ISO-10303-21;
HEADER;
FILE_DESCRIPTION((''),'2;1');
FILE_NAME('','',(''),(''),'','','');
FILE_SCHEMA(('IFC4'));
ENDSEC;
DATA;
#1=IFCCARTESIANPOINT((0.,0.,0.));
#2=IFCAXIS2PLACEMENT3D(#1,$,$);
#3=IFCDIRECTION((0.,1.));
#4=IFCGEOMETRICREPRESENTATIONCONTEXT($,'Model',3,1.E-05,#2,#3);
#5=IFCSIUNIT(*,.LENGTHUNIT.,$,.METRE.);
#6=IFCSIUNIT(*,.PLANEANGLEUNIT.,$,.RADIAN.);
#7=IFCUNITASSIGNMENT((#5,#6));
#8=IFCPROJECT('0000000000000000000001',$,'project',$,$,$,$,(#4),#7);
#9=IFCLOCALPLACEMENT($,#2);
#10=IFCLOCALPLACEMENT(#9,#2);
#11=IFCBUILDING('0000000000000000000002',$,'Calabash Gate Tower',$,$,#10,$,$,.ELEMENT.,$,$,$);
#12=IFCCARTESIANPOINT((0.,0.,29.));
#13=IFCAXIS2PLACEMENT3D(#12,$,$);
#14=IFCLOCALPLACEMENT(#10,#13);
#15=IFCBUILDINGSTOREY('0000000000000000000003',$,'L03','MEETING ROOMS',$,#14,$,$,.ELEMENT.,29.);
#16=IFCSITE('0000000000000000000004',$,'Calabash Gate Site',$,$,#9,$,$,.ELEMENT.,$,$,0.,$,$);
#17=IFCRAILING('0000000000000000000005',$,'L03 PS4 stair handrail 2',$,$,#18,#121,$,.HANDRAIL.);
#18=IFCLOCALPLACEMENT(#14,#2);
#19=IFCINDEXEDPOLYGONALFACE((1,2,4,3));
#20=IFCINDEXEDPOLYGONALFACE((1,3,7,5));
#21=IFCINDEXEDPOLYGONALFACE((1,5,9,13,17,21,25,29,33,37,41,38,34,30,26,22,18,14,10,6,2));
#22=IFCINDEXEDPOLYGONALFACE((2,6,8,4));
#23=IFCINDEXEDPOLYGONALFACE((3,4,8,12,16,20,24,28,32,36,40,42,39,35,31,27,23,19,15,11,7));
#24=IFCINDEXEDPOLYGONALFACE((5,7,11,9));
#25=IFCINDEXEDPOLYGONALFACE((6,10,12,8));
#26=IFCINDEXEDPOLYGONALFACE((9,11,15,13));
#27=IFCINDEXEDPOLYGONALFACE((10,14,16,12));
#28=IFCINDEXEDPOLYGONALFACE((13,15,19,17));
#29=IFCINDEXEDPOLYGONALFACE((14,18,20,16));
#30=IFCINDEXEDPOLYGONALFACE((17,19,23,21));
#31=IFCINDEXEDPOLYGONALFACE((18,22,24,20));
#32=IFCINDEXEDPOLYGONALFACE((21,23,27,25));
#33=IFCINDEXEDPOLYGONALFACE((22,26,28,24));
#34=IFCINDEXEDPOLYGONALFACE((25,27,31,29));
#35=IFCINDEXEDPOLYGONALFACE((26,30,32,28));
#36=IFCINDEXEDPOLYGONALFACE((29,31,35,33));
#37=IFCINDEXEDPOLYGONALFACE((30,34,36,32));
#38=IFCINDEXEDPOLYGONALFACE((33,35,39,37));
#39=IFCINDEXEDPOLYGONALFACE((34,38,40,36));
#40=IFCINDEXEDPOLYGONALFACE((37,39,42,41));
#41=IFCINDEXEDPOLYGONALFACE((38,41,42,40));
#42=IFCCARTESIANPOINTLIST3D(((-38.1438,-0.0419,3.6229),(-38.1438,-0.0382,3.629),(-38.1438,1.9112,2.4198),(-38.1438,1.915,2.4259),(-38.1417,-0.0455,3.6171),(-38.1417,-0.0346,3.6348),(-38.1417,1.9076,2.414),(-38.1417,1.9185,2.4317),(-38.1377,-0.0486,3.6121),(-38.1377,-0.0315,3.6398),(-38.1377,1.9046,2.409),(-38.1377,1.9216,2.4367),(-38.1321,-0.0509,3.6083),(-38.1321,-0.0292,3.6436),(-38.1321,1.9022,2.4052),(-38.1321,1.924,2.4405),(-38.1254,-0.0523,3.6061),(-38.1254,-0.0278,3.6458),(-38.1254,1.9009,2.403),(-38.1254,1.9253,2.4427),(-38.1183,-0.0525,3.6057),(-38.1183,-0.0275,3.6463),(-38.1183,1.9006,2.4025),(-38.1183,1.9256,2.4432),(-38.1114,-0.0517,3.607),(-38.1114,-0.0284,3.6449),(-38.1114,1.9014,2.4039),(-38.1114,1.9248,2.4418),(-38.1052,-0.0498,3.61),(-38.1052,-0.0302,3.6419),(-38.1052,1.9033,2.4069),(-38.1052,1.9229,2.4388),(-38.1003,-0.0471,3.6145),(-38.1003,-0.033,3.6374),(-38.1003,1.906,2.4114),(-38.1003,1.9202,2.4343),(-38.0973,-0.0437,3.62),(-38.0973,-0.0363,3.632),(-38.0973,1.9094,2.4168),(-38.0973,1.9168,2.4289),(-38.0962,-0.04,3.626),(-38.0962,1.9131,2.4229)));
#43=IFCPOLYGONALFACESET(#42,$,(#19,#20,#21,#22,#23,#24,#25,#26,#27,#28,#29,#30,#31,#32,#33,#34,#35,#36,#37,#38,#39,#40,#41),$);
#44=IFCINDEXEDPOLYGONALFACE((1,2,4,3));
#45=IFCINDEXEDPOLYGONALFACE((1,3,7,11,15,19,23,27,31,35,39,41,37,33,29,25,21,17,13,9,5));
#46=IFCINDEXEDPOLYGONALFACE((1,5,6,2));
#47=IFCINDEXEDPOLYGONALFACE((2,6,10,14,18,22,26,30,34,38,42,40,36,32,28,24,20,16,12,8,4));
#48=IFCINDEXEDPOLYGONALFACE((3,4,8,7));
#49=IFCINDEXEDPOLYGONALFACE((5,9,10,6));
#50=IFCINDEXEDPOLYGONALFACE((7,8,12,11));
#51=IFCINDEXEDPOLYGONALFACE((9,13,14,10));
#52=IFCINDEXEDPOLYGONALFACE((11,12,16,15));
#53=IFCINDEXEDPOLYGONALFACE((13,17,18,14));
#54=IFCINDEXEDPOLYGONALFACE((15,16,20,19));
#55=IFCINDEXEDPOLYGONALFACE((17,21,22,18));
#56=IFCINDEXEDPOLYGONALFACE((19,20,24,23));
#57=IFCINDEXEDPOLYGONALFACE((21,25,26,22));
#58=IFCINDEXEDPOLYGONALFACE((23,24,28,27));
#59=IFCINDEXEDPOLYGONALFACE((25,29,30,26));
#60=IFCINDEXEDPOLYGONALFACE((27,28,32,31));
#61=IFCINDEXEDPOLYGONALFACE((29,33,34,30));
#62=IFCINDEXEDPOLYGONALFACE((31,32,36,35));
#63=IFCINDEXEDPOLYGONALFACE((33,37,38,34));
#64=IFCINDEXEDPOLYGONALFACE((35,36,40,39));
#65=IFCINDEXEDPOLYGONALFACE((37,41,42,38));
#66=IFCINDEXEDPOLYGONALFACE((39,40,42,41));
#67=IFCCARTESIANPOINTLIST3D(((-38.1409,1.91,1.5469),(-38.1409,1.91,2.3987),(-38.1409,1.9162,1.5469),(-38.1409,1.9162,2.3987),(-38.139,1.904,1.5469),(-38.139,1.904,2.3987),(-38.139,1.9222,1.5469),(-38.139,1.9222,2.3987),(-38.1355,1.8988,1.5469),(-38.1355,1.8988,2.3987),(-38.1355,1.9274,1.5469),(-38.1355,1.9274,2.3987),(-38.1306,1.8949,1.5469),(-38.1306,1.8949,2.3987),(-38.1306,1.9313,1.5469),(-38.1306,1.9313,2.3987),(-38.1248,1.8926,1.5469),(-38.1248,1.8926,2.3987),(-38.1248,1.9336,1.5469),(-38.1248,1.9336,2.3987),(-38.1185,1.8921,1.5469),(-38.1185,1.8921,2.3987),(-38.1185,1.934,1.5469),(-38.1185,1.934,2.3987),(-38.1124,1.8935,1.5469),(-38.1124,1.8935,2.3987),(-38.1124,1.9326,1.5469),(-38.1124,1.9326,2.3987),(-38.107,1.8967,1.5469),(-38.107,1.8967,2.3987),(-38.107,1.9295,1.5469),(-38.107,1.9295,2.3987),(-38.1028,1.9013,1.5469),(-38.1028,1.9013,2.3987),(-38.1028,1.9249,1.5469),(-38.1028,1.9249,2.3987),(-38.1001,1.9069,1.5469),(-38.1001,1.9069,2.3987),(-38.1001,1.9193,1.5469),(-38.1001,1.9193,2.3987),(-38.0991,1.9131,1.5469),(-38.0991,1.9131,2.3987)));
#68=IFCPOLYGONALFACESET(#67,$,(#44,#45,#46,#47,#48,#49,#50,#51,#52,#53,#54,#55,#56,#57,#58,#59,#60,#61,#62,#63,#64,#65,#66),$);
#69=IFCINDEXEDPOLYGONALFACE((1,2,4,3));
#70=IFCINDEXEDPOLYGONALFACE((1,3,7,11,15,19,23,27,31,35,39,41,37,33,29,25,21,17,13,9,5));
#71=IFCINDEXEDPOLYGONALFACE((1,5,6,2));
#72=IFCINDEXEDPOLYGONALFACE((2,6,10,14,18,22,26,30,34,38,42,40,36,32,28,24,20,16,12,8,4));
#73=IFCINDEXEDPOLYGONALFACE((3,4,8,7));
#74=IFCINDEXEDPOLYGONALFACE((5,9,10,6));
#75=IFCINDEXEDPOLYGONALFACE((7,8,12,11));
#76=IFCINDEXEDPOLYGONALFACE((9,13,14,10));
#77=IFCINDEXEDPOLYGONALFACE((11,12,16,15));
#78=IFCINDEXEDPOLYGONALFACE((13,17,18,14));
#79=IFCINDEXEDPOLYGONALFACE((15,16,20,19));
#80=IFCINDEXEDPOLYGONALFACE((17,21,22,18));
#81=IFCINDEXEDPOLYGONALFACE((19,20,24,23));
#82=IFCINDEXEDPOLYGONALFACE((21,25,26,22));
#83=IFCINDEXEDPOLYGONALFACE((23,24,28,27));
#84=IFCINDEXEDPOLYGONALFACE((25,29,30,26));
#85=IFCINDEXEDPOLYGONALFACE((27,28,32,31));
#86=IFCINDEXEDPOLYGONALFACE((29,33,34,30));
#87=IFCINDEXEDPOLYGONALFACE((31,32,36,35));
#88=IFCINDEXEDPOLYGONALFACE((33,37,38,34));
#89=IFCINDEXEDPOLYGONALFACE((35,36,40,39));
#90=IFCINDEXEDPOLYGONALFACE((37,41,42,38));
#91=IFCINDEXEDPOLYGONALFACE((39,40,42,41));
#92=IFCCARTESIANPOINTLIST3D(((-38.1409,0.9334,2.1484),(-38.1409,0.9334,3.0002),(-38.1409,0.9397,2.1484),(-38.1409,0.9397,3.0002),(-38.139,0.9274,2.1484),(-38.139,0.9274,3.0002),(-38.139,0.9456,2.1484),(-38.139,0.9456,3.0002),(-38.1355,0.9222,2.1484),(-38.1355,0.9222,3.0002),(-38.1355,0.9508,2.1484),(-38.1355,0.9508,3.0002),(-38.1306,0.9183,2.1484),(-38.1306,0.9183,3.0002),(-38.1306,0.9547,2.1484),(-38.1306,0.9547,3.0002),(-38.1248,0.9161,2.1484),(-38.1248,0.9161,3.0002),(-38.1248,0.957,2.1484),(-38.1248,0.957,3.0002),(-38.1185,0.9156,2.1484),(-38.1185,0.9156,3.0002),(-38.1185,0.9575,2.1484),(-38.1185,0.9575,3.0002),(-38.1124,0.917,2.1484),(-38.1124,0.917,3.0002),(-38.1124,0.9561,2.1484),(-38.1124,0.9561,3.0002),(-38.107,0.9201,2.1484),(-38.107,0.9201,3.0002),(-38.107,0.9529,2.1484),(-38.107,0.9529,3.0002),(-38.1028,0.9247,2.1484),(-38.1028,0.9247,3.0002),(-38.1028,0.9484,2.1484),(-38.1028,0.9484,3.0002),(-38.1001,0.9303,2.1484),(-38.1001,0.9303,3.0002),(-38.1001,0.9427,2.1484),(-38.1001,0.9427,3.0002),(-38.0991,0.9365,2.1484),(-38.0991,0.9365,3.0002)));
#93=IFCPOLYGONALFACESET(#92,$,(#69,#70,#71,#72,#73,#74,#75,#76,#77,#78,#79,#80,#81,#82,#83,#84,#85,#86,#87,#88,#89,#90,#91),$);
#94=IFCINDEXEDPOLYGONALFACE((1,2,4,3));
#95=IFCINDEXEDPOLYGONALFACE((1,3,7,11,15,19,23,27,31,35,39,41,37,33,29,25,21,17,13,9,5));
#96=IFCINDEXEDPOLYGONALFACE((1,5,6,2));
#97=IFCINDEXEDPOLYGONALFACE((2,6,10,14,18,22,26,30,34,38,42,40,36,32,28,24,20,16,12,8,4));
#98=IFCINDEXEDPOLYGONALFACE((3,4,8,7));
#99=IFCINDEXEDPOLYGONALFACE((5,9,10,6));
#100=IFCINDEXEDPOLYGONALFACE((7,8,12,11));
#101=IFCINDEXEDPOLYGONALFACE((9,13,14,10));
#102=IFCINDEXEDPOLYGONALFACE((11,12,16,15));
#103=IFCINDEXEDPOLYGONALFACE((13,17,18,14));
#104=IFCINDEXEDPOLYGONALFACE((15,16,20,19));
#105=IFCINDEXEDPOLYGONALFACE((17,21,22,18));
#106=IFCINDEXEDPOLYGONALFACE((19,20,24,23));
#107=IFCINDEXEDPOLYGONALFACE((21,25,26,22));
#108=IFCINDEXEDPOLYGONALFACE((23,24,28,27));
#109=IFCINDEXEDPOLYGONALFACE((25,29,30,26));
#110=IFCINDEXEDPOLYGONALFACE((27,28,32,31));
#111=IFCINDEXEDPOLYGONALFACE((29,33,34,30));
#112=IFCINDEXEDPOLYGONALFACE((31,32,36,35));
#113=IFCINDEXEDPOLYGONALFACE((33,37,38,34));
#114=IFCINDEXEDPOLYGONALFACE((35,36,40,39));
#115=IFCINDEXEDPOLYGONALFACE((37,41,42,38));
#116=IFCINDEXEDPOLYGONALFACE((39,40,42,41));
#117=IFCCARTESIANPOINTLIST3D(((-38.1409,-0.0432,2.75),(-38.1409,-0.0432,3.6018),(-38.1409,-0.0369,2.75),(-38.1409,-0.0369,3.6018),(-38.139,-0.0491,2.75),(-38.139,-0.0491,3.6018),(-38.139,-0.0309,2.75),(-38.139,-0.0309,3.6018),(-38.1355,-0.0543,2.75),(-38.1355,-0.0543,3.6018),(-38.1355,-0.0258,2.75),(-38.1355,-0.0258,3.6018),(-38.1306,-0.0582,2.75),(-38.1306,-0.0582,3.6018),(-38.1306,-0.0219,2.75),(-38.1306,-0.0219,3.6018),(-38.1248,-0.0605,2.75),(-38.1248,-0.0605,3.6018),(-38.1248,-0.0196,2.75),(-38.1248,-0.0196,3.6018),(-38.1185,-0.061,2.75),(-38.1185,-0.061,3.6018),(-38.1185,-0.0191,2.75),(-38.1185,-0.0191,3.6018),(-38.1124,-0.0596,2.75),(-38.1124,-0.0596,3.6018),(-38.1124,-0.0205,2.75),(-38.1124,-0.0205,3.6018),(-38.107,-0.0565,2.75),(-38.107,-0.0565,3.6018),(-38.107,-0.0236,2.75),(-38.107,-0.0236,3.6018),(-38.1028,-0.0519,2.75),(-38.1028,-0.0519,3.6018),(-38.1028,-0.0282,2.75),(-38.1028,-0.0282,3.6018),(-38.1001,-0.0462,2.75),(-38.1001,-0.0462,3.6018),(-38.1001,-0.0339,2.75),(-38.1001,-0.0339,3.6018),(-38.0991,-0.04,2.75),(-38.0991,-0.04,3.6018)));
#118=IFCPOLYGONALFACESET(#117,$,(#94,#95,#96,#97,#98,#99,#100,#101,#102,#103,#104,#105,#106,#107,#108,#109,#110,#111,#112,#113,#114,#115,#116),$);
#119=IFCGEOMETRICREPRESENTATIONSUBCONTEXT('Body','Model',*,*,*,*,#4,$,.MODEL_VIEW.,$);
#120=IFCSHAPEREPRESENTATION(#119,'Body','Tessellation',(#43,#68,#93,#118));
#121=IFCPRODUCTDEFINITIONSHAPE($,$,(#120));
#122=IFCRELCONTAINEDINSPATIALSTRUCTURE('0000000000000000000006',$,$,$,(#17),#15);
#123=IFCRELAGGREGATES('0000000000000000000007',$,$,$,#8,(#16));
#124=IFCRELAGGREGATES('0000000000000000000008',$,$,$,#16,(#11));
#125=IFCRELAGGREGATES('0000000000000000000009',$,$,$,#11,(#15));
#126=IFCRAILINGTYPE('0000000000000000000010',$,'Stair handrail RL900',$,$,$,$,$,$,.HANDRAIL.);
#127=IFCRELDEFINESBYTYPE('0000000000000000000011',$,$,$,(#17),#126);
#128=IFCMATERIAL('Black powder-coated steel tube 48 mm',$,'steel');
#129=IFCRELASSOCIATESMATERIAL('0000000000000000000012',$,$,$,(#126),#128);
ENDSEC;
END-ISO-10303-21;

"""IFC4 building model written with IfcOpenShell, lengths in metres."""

from ifc_helpers import new_model, si_unit, direction, frame, origin, origin_2d, place, context, subcontext, project, spatial, circle, extrude, material, type_object, element, save


model = new_model("IFC4")

# Units and contexts
model_context = context("Model", 3, precision=1e-05, world=origin(), true_north=direction((0.0, 1.0)))
body_context = subcontext(model_context, "Body", "Model", "MODEL_VIEW")
ifc_project = project(units=[si_unit("LENGTHUNIT", "METRE"), si_unit("PLANEANGLEUNIT", "RADIAN")], contexts=[model_context])

# Site, building, storey
site_placement = place(None, origin())
site = spatial("IfcSite", under=ifc_project, at=site_placement, Name="Calabash Gate Site", CompositionType="ELEMENT", RefElevation=0.0)
building_placement = place(site_placement, origin())
building = spatial("IfcBuilding", under=site, at=building_placement, Name="Calabash Gate Tower", CompositionType="ELEMENT")
storey_placement = place(building_placement, frame((0.0, 0.0, 29.0)))
storey = spatial("IfcBuildingStorey", under=building, at=storey_placement, Name="L03", Description="MEETING ROOMS", CompositionType="ELEMENT", Elevation=29.0)

# Railing
ifc_material_1 = material(Name="Black powder-coated steel tube 48 mm", Category="steel")
railing_type_1 = type_object("IfcRailingType", Name="Stair handrail RL900", PredefinedType="HANDRAIL", material=ifc_material_1)
railing_1_placement = place(storey_placement, frame((-38.1201, 1.9131, 1.5469)))
element("IfcRailing", 1, at=railing_1_placement, inside=storey, type_object=railing_type_1, Name="L03 PS4 stair handrail 2", PredefinedType="HANDRAIL", context=body_context, shape_type="SweptSolid", body=[
    extrude(circle(Radius=0.0239, at=origin_2d()), frame((0.0, 0.0, 0.876), z_axis=(0.0, -0.851424, 0.524477), x_axis=(1.0, 0.0, 0.0)), (0.0, 0.0, 1.0), 2.2939),
    extrude(circle(Radius=0.021, at=origin_2d()), origin(), (0.0, 0.0, 1.0), 0.8518),
    extrude(circle(Radius=0.021, at=origin_2d()), frame((0.0, -0.9766, 0.6016)), (0.0, 0.0, 1.0), 0.8518),
    extrude(circle(Radius=0.021, at=origin_2d()), frame((0.0, -1.9531, 1.2031)), (0.0, 0.0, 1.0), 0.8518),
])

save(model, "model.ifc")
